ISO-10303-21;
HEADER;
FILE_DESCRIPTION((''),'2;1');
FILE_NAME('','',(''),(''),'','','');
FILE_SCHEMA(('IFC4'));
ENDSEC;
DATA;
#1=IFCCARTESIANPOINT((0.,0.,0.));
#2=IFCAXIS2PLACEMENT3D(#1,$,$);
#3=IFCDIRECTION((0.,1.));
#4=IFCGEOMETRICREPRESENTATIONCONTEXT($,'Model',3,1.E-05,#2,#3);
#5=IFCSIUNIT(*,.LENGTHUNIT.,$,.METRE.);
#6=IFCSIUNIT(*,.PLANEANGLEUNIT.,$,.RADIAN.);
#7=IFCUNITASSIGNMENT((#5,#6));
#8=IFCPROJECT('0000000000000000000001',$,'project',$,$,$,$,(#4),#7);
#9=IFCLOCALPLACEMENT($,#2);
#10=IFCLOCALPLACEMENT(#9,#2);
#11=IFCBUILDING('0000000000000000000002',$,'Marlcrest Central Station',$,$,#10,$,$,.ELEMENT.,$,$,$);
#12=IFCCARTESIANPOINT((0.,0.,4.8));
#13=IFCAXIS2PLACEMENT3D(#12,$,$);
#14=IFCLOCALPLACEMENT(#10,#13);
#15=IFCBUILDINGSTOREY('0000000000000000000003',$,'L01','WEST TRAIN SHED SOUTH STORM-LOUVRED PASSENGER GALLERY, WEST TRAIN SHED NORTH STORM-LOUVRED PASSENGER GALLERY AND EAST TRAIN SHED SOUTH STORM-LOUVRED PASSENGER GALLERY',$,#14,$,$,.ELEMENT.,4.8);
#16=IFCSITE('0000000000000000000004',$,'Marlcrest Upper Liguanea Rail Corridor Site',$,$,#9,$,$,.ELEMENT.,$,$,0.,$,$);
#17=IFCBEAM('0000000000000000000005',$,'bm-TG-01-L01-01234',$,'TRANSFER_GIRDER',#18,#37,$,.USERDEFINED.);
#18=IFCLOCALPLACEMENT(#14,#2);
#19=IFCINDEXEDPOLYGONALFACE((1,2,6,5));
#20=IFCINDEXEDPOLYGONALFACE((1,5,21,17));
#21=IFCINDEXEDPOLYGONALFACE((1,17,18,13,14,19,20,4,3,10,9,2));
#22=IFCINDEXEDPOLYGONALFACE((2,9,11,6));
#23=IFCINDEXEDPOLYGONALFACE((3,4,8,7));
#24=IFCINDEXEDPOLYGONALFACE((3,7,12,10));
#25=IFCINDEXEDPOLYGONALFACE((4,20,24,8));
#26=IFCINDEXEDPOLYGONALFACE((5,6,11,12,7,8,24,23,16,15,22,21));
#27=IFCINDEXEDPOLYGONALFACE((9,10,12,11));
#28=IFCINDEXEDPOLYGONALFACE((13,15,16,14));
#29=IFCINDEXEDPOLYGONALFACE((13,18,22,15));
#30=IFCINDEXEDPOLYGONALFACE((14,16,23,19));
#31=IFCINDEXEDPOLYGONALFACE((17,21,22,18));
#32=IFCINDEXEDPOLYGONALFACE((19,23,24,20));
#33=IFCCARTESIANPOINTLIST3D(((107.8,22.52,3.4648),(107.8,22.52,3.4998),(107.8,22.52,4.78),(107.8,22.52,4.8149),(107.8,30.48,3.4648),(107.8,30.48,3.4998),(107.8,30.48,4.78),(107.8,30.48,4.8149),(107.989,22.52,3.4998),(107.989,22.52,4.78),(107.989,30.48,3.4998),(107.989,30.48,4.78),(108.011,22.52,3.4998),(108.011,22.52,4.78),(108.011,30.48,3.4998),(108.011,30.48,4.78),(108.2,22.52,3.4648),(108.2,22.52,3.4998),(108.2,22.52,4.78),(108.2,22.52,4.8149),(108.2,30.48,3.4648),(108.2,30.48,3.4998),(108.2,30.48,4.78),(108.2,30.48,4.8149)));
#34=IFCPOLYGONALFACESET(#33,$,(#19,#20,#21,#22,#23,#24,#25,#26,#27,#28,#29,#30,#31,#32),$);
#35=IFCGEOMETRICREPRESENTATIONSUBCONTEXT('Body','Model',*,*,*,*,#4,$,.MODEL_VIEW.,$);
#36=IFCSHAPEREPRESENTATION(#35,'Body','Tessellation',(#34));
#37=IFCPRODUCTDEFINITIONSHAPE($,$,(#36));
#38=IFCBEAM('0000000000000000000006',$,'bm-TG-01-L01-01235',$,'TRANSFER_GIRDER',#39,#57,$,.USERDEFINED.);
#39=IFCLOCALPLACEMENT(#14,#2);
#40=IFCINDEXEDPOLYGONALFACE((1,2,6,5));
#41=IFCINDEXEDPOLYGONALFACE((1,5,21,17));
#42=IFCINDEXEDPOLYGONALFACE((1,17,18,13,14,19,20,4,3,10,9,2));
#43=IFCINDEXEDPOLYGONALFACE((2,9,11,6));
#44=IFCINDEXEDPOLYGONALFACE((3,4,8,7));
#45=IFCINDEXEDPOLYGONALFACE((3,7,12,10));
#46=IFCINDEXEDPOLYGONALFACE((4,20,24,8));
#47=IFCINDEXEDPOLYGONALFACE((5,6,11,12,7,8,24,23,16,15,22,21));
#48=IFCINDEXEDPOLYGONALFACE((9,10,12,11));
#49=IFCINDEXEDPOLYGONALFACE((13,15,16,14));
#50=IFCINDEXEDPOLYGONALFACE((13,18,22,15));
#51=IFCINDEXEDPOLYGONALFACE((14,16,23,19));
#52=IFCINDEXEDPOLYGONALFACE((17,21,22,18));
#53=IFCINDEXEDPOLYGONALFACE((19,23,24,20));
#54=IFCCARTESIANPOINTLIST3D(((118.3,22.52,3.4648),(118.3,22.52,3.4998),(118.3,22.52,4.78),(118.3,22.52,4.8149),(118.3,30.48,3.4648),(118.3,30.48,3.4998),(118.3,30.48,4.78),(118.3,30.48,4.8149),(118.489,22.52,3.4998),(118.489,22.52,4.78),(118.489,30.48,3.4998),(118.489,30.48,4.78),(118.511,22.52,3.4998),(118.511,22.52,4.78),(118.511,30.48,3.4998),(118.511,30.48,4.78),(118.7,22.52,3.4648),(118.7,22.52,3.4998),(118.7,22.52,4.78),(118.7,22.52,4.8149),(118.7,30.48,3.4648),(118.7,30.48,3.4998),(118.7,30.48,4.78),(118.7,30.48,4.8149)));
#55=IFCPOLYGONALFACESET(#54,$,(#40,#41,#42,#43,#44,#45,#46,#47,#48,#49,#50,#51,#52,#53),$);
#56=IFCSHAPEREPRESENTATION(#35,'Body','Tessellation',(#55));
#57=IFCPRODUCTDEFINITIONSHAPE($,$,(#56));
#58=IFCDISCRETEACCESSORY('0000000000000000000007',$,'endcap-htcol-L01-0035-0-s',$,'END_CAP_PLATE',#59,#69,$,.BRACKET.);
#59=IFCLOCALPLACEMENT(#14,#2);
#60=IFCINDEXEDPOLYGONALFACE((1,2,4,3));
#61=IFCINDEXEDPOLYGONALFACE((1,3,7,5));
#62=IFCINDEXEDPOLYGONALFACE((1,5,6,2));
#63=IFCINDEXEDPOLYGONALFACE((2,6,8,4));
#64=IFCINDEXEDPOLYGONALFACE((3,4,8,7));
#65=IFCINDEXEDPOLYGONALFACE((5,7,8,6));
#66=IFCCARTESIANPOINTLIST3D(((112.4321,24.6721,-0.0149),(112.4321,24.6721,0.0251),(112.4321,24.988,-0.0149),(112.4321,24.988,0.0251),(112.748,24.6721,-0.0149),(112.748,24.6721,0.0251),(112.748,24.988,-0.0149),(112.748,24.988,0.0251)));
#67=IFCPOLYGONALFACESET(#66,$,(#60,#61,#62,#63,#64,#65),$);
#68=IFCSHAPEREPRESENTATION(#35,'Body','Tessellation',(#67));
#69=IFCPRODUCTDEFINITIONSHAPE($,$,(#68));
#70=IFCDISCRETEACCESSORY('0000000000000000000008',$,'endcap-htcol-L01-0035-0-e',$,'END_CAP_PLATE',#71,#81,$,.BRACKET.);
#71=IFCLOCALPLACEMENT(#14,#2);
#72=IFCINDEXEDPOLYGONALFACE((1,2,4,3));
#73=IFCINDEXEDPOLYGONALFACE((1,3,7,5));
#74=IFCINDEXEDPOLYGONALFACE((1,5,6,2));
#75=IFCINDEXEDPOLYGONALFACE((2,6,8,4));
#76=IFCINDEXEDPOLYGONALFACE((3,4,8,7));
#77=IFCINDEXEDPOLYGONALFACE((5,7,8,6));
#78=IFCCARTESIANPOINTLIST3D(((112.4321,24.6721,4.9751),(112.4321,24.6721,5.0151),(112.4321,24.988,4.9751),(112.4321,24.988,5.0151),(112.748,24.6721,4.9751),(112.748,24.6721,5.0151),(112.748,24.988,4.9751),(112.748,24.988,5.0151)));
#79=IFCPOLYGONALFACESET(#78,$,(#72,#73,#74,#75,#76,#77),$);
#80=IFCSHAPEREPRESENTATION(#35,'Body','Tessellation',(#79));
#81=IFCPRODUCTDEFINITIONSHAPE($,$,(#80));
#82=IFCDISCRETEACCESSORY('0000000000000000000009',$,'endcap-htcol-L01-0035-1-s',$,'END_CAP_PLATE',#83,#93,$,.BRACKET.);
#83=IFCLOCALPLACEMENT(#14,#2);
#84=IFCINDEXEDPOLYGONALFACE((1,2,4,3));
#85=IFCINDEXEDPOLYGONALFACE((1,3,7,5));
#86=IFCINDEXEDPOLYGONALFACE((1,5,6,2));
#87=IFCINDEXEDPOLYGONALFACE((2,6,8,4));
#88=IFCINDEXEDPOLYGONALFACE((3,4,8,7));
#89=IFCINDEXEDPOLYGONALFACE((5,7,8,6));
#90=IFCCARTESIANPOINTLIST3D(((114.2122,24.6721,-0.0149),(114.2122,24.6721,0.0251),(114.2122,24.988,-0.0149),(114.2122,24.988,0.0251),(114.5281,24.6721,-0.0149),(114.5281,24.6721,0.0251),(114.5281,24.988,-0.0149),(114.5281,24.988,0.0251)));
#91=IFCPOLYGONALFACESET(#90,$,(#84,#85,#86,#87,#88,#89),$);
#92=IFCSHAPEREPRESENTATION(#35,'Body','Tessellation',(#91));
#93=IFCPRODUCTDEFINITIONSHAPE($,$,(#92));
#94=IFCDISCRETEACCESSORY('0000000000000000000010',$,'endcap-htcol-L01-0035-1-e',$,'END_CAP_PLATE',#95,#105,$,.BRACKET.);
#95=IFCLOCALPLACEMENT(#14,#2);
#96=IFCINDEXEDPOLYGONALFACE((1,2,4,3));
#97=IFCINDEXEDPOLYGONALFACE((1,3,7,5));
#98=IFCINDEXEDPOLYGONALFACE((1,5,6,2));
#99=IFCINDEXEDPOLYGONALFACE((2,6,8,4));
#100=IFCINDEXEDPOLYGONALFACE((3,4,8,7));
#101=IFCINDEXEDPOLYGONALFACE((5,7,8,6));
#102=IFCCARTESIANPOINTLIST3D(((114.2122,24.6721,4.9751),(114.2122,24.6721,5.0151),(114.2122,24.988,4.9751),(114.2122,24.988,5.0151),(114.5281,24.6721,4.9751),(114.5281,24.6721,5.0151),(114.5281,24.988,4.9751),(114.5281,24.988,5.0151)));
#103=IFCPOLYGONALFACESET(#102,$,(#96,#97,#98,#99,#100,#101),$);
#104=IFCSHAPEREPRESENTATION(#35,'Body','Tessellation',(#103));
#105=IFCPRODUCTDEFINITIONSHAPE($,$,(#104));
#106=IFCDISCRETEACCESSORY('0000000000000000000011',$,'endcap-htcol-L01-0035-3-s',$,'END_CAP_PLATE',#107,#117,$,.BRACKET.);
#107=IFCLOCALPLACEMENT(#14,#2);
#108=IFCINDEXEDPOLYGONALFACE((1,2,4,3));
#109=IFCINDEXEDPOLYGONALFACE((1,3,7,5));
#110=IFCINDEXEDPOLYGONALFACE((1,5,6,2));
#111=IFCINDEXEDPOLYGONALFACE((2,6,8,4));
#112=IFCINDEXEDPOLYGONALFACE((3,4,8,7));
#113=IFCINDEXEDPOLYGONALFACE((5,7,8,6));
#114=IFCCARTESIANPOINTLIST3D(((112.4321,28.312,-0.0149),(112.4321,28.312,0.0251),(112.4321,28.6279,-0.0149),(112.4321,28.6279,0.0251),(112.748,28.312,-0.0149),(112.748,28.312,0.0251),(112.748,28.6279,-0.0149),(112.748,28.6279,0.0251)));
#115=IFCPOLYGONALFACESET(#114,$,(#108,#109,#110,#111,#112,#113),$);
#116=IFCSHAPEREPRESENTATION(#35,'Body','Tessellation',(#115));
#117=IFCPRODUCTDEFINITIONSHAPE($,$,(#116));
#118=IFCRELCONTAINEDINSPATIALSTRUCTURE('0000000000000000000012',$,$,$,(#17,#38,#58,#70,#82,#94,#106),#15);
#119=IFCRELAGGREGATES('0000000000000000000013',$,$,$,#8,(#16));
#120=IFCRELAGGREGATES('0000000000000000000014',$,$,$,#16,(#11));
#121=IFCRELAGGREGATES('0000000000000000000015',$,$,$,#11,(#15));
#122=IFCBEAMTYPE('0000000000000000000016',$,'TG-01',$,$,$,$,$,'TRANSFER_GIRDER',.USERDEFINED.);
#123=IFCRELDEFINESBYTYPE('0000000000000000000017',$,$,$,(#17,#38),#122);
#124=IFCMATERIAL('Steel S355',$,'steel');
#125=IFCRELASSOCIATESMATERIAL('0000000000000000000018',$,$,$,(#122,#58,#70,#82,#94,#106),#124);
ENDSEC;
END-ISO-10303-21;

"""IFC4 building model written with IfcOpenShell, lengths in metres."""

from ifc_helpers import new_model, si_unit, direction, frame, origin, origin_2d, place, context, subcontext, project, spatial, rectangle, i_section, extrude, material, material_profile, profile_set, type_object, element, save


model = new_model("IFC4")

# Units and contexts
model_context = context("Model", 3, precision=1e-05, world=origin(), true_north=direction((0.0, 1.0)))
body_context = subcontext(model_context, "Body", "Model", "MODEL_VIEW")
ifc_project = project(units=[si_unit("LENGTHUNIT", "METRE"), si_unit("PLANEANGLEUNIT", "RADIAN")], contexts=[model_context])

# Site, building, storey
site_placement = place(None, origin())
site = spatial("IfcSite", under=ifc_project, at=site_placement, Name="Marlcrest Upper Liguanea Rail Corridor Site", CompositionType="ELEMENT", RefElevation=0.0)
building_placement = place(site_placement, origin())
building = spatial("IfcBuilding", under=site, at=building_placement, Name="Marlcrest Central Station", CompositionType="ELEMENT")
storey_placement = place(building_placement, frame((0.0, 0.0, 4.8)))
storey = spatial("IfcBuildingStorey", under=building, at=storey_placement, Name="L01", Description="WEST TRAIN SHED SOUTH STORM-LOUVRED PASSENGER GALLERY, WEST TRAIN SHED NORTH STORM-LOUVRED PASSENGER GALLERY AND EAST TRAIN SHED SOUTH STORM-LOUVRED PASSENGER GALLERY", CompositionType="ELEMENT", Elevation=4.8)

# Shared definitions
ifc_material_1 = material(Name="Steel S355", Category="steel")

# Beams
ifc_material_profile_1 = material_profile(ifc_material_1, i_section(OverallWidth=0.3999, OverallDepth=1.3501, WebThickness=0.022, FlangeThickness=0.0349, at=origin_2d()), Name="PG 1350x400")
ifc_profile_set_1 = profile_set([ifc_material_profile_1], Name="Steel S355")
beam_type_1 = type_object("IfcBeamType", Name="TG-01", ElementType="TRANSFER_GIRDER", PredefinedType="USERDEFINED", material=ifc_profile_set_1)
for number, where, z_axis, x_axis, name in (
    (1, (108.0, 22.52, 4.1399), (0.0, 1.0, 0.0), (-1.0, 0.0, 0.0), "bm-TG-01-L01-01234"),
    (2, (118.5, 22.52, 4.1399), (0.0, 1.0, 0.0), (-1.0, 0.0, 0.0), "bm-TG-01-L01-01235"),
):
    element("IfcBeam", number, at=place(storey_placement, frame(where, z_axis=z_axis, x_axis=x_axis)), inside=storey, type_object=beam_type_1, Name=name, ObjectType="TRANSFER_GIRDER", PredefinedType="USERDEFINED", context=body_context, shape_type="SweptSolid", body=[
        extrude(i_section(OverallWidth=0.3999, OverallDepth=1.3501, WebThickness=0.022, FlangeThickness=0.0349, at=origin_2d()), origin(), (0.0, 0.0, 1.0), 7.96),
    ])

# Discrete accessories
for number, where, z_axis, x_axis, name in (
    (3, (112.5901, 24.8301, -0.0149), (0.0, 0.0, 1.0), (1.0, 0.0, 0.0), "endcap-htcol-L01-0035-0-s"),
    (4, (112.5901, 24.8301, 4.9751), (0.0, 0.0, 1.0), (1.0, 0.0, 0.0), "endcap-htcol-L01-0035-0-e"),
    (5, (114.3701, 24.8301, -0.0149), (0.0, 0.0, 1.0), (1.0, 0.0, 0.0), "endcap-htcol-L01-0035-1-s"),
    (6, (114.3701, 24.8301, 4.9751), (0.0, 0.0, 1.0), (1.0, 0.0, 0.0), "endcap-htcol-L01-0035-1-e"),
    (7, (112.5901, 28.47, -0.0149), (0.0, 0.0, 1.0), (1.0, 0.0, 0.0), "endcap-htcol-L01-0035-3-s"),
):
    element("IfcDiscreteAccessory", number, at=place(storey_placement, frame(where, z_axis=z_axis, x_axis=x_axis)), inside=storey, material=ifc_material_1, Name=name, ObjectType="END_CAP_PLATE", PredefinedType="BRACKET", context=body_context, shape_type="SweptSolid", body=[
        extrude(rectangle(XDim=0.3159, YDim=0.3159, at=origin_2d()), origin(), (0.0, 0.0, 1.0), 0.04),
    ])

save(model, "model.ifc")
